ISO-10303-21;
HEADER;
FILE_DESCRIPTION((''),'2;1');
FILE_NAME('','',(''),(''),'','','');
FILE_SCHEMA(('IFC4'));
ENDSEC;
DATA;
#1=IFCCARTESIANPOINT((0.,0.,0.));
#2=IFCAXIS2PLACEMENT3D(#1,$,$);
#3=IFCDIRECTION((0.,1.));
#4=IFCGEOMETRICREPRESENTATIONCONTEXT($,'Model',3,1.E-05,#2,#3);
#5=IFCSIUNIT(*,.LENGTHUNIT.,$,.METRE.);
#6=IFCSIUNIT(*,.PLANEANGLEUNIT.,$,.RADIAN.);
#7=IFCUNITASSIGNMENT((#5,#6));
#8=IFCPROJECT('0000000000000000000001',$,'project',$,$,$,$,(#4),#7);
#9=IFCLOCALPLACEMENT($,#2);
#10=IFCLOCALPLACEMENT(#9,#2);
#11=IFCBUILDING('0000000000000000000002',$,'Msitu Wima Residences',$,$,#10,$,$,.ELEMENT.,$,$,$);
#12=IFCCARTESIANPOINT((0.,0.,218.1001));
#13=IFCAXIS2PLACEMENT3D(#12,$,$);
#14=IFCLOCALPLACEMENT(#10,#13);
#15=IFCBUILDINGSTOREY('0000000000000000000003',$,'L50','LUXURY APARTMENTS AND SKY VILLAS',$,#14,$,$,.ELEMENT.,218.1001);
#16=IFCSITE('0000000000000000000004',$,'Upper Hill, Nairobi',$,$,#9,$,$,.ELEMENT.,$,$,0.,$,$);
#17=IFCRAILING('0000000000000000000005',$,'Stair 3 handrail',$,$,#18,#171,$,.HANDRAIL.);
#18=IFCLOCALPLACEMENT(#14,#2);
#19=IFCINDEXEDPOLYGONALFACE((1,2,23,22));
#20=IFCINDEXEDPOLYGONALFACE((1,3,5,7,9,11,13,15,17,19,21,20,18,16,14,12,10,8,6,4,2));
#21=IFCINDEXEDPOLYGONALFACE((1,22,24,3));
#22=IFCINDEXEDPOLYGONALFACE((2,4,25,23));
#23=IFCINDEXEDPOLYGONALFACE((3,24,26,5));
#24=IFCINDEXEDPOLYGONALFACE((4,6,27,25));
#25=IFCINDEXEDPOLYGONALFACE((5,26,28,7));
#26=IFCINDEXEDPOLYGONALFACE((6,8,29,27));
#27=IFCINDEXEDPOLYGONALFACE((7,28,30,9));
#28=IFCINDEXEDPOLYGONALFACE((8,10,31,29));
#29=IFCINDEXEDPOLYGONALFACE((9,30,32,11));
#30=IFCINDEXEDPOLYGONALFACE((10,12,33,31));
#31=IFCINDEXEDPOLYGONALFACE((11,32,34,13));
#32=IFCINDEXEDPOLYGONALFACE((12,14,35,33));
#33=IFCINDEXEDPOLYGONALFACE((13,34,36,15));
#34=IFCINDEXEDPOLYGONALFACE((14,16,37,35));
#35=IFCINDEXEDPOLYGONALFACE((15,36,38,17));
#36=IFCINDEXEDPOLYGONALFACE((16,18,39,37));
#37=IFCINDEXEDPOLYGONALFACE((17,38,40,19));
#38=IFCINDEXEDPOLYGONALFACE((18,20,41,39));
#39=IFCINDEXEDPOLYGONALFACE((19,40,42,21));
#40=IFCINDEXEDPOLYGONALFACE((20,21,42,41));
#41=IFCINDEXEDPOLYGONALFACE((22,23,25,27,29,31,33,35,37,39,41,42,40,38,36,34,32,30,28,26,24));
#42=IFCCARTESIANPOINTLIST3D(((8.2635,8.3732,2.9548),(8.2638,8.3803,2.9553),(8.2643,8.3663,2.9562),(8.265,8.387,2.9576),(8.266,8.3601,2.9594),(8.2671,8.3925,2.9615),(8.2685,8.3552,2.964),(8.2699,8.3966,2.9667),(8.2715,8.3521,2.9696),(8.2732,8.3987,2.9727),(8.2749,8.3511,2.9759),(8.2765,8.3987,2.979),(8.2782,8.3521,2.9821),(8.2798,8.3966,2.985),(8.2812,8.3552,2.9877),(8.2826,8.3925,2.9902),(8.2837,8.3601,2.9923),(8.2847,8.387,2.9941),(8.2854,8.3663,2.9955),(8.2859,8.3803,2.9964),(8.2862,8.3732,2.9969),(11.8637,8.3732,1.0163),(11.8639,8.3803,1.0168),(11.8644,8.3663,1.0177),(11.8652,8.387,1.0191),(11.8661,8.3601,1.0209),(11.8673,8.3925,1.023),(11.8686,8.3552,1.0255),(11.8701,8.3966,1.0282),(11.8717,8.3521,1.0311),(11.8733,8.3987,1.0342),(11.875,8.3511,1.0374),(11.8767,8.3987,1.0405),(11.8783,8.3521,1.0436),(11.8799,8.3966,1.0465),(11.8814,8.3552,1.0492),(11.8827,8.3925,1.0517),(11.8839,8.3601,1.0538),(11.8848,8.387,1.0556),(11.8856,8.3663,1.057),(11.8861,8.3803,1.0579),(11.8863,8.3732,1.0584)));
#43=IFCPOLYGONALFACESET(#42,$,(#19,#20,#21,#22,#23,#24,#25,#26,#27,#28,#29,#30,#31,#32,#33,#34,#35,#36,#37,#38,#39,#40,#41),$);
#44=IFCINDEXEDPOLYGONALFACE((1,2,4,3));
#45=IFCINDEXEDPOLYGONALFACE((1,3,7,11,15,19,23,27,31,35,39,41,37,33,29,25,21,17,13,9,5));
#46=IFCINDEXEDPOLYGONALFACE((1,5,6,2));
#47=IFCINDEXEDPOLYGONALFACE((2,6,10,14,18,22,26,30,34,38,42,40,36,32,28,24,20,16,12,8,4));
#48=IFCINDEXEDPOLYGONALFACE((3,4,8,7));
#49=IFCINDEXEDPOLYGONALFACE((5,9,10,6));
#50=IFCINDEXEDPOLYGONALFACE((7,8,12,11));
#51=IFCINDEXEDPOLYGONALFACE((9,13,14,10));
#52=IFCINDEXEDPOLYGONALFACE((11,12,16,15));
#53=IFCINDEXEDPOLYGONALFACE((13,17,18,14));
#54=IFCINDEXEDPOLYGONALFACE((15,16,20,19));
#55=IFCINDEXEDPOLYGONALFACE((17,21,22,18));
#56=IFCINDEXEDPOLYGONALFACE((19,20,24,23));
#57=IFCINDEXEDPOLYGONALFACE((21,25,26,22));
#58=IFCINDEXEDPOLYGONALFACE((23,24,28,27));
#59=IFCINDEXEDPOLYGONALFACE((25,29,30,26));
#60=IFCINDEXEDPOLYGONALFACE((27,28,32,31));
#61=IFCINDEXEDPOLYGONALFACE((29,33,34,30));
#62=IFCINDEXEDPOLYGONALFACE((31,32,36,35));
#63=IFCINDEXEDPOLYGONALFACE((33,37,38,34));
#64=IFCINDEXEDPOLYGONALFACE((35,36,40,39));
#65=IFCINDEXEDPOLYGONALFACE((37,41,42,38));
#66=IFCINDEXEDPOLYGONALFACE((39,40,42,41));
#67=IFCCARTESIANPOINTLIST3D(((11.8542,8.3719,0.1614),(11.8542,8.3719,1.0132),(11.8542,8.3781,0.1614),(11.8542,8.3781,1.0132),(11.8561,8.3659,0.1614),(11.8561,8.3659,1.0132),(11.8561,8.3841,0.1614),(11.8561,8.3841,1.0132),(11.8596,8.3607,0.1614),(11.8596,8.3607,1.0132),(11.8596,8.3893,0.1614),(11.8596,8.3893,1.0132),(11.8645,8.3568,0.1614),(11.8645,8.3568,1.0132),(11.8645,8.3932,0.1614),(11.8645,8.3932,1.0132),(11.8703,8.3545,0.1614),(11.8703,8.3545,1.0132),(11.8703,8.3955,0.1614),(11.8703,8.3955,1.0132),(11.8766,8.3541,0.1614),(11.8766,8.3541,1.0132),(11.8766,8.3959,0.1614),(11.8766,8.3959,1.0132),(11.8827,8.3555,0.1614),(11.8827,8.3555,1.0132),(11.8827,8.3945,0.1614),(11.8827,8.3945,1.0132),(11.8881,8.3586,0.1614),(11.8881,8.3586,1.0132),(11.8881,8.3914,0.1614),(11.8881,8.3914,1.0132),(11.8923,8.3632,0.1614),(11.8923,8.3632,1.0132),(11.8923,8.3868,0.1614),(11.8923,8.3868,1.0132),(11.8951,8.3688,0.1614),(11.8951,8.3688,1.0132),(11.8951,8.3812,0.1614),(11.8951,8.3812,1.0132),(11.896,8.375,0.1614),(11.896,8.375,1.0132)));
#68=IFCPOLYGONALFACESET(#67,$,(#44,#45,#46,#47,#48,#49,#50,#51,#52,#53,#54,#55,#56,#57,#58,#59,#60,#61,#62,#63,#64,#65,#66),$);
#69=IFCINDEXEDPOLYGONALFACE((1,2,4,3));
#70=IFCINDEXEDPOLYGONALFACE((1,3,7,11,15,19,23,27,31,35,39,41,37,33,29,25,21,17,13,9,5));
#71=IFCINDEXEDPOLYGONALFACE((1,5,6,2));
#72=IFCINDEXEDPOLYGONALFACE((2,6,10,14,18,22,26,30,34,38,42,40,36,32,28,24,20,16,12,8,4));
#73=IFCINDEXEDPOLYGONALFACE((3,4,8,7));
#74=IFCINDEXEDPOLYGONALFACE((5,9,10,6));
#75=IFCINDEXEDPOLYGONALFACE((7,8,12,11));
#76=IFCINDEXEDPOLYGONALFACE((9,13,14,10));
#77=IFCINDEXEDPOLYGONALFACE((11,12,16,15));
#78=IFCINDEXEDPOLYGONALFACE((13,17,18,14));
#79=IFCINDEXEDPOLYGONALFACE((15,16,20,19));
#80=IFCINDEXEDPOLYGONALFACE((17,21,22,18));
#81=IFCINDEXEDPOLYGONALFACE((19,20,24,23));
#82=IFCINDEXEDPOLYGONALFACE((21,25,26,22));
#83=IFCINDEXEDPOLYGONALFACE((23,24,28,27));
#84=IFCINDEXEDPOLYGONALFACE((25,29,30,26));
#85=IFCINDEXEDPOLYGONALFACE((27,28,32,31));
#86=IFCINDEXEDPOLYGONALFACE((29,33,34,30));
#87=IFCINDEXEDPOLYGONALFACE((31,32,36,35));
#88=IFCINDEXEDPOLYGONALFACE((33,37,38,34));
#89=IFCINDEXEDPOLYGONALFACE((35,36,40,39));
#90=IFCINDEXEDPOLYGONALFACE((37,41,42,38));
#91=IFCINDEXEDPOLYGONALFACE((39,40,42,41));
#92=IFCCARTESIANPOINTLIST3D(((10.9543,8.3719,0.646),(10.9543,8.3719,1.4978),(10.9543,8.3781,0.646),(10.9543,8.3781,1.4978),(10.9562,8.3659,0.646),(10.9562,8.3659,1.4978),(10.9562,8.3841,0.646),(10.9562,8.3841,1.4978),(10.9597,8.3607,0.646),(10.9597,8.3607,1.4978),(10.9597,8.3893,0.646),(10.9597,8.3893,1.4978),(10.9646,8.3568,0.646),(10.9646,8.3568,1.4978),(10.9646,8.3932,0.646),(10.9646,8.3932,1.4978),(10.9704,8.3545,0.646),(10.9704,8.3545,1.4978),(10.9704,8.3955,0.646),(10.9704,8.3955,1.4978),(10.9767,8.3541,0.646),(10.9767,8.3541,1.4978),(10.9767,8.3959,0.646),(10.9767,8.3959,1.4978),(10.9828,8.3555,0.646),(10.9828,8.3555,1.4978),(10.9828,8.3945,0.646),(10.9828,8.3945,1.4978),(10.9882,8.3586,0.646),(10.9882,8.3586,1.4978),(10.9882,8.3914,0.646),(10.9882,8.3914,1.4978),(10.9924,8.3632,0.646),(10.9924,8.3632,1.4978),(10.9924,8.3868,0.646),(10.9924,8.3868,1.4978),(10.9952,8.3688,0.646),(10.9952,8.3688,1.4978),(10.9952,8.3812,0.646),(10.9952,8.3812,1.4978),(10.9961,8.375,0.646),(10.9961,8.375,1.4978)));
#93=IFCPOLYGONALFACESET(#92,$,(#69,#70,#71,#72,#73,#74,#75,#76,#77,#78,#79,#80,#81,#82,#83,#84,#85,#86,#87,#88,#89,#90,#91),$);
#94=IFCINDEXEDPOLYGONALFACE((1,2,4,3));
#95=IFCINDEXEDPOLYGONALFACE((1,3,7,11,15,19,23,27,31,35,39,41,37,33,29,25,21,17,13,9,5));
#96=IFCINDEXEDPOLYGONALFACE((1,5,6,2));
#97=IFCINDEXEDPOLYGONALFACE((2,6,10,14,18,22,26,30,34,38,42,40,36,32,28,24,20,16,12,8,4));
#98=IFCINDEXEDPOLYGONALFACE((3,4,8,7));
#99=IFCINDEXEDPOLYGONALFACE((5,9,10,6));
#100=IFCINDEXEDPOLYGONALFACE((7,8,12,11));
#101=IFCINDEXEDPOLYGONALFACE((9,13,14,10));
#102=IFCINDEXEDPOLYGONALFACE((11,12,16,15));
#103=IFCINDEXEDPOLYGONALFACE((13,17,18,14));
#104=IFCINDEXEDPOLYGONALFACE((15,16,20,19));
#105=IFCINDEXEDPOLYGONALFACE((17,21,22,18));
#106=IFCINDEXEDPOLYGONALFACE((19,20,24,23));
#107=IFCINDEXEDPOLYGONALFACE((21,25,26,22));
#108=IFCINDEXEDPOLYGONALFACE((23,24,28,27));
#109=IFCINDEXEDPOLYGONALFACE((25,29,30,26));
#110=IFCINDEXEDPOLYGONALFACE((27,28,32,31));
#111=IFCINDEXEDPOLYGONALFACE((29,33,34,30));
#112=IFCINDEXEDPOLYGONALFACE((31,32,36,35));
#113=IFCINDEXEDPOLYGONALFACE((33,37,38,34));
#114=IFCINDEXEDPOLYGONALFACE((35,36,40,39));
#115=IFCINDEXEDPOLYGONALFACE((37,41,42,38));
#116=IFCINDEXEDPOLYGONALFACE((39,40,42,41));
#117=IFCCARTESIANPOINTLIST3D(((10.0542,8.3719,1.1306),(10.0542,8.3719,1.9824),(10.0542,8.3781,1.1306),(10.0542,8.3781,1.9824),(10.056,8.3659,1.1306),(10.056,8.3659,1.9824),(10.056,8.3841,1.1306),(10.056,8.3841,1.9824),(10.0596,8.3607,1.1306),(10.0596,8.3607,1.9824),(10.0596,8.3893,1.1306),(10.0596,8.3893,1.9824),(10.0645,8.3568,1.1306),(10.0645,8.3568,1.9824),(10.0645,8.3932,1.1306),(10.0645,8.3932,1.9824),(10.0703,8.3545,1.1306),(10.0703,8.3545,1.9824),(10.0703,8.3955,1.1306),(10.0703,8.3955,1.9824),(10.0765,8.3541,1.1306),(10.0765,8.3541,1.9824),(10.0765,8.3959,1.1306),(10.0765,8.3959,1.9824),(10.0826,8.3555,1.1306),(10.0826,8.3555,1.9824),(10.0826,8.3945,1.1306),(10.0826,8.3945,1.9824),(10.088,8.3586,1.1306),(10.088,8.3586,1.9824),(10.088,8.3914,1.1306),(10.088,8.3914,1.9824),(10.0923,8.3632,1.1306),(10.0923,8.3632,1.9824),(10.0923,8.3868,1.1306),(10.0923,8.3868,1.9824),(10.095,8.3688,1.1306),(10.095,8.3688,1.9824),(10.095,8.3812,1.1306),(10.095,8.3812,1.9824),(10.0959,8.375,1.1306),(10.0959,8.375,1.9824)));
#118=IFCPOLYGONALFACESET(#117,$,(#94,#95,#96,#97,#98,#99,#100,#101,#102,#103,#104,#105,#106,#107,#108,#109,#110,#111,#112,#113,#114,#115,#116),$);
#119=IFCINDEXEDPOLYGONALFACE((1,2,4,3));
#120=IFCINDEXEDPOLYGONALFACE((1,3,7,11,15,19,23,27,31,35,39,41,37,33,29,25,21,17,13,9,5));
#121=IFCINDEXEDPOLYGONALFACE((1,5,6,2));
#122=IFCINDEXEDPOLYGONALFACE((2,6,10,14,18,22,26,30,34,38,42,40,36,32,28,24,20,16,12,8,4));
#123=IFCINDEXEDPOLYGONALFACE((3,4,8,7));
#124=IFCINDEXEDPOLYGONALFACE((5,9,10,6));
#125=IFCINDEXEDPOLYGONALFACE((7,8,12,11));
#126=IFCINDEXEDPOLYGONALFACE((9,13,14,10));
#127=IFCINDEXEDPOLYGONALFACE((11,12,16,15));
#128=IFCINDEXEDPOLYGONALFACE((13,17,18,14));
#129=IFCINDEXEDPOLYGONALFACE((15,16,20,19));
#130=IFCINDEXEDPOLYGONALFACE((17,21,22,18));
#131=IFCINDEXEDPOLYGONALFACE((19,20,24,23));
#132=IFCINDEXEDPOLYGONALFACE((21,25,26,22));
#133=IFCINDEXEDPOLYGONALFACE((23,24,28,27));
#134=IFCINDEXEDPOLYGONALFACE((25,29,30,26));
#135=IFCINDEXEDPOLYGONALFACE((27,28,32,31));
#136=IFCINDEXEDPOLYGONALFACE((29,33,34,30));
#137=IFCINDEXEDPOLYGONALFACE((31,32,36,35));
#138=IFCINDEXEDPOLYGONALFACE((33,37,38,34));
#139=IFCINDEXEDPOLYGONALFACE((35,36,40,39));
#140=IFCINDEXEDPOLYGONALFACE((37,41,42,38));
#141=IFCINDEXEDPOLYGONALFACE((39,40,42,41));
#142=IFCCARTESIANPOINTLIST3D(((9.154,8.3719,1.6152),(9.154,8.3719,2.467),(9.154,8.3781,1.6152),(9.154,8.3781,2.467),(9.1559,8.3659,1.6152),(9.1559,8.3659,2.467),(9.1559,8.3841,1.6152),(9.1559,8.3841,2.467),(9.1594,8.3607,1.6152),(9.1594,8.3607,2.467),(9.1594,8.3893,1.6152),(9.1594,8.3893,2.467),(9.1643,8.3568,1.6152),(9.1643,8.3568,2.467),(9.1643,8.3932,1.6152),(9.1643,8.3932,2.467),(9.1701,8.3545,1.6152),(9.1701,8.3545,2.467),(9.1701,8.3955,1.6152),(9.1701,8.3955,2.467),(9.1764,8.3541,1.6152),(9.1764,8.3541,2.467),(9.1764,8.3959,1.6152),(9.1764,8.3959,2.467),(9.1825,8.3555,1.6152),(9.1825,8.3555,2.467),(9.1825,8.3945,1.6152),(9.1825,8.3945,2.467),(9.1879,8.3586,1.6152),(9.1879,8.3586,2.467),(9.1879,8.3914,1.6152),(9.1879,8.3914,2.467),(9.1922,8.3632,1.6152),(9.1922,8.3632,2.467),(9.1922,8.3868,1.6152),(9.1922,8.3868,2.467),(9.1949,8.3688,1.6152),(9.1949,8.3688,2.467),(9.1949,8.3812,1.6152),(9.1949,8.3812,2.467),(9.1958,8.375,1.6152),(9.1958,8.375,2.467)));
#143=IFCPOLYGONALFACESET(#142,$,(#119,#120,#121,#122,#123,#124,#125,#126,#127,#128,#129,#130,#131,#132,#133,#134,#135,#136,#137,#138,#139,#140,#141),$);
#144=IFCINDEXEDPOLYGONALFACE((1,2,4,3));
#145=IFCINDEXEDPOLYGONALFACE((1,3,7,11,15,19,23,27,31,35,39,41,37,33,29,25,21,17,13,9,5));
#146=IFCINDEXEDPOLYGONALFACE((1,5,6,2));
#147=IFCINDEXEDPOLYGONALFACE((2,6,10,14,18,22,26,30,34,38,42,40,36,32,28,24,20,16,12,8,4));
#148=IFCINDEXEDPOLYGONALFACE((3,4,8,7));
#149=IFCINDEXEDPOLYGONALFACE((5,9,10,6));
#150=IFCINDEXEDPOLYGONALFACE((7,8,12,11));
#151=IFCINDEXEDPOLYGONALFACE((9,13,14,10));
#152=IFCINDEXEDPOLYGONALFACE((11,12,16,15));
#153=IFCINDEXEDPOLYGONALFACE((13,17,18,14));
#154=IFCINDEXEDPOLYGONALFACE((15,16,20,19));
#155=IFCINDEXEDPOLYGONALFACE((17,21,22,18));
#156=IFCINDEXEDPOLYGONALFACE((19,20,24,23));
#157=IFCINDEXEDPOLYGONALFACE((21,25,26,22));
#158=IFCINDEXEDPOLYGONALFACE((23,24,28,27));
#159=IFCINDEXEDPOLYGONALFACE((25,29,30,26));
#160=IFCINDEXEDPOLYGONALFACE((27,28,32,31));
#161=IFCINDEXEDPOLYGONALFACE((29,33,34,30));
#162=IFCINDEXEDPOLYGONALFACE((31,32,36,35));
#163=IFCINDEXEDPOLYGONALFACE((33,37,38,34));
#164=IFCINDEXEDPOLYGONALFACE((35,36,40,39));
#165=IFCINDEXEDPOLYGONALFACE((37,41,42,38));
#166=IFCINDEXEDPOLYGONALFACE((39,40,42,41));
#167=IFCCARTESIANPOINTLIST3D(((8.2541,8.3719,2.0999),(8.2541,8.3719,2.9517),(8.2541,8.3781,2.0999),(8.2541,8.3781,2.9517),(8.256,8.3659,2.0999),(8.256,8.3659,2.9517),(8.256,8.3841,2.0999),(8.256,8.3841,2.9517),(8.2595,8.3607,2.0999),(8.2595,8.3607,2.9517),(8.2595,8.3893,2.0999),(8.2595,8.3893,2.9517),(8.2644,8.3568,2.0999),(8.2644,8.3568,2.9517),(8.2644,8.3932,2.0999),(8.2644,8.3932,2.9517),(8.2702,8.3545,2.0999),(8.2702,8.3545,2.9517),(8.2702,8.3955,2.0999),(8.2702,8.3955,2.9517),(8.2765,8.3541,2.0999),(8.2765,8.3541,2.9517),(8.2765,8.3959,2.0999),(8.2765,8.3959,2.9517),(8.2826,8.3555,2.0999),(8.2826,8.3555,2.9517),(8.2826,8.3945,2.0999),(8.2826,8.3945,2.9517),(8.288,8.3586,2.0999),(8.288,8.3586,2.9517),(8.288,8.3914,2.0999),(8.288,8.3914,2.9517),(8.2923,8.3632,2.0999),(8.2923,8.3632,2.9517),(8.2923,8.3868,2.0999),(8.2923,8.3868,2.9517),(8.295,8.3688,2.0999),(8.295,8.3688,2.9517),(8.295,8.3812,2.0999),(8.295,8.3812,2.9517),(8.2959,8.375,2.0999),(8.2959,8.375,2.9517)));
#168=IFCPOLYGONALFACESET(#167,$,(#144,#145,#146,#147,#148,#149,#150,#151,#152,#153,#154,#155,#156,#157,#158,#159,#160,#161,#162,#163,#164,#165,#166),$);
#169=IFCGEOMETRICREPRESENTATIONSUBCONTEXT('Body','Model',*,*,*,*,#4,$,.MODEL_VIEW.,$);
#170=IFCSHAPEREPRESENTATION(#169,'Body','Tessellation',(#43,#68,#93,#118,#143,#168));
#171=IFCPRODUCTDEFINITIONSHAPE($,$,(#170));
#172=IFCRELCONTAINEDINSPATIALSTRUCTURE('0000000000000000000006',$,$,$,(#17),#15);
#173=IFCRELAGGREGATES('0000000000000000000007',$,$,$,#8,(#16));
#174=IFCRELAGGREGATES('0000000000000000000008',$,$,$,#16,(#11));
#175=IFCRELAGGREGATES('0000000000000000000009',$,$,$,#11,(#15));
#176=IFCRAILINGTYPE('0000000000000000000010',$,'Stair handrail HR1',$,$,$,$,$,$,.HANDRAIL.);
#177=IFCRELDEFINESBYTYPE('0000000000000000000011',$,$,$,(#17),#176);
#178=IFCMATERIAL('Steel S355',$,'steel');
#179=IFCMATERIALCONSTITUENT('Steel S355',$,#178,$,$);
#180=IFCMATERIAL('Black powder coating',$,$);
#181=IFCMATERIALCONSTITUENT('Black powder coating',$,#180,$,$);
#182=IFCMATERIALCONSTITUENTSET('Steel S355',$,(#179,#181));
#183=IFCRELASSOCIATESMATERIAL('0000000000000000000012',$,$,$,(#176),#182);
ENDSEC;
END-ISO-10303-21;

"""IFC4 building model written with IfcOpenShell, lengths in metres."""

from ifc_helpers import new_model, si_unit, direction, frame, origin, origin_2d, place, context, subcontext, project, spatial, circle, extrude, material, constituent, constituent_set, type_object, element, save


model = new_model("IFC4")

# Units and contexts
model_context = context("Model", 3, precision=1e-05, world=origin(), true_north=direction((0.0, 1.0)))
body_context = subcontext(model_context, "Body", "Model", "MODEL_VIEW")
ifc_project = project(units=[si_unit("LENGTHUNIT", "METRE"), si_unit("PLANEANGLEUNIT", "RADIAN")], contexts=[model_context])

# Site, building, storey
site_placement = place(None, origin())
site = spatial("IfcSite", under=ifc_project, at=site_placement, Name="Upper Hill, Nairobi", CompositionType="ELEMENT", RefElevation=0.0)
building_placement = place(site_placement, origin())
building = spatial("IfcBuilding", under=site, at=building_placement, Name="Msitu Wima Residences", CompositionType="ELEMENT")
storey_placement = place(building_placement, frame((0.0, 0.0, 218.1001)))
storey = spatial("IfcBuildingStorey", under=building, at=storey_placement, Name="L50", Description="LUXURY APARTMENTS AND SKY VILLAS", CompositionType="ELEMENT", Elevation=218.1001)

# Railing
ifc_material_1 = material(Name="Steel S355", Category="steel")
ifc_constituent_1 = constituent(ifc_material_1, Name="Steel S355")
ifc_material_2 = material(Name="Black powder coating")
ifc_constituent_2 = constituent(ifc_material_2, Name="Black powder coating")
ifc_constituent_set_1 = constituent_set(constituents=[ifc_constituent_1, ifc_constituent_2], Name="Steel S355")
railing_type_1 = type_object("IfcRailingType", Name="Stair handrail HR1", PredefinedType="HANDRAIL", material=ifc_constituent_set_1)
for number, where, name in (
    (1, (11.875, 8.375, 0.1614), "Stair 3 handrail"),
):
    element("IfcRailing", number, at=place(storey_placement, frame(where)), inside=storey, type_object=railing_type_1, Name=name, PredefinedType="HANDRAIL", context=body_context, shape_type="SweptSolid", body=[
        extrude(circle(Radius=0.0239, at=origin_2d()), frame((0.0, 0.0, 0.876), z_axis=(-0.880475, 0.0, 0.474093), x_axis=(0.0, -1.0, 0.0)), (0.0, 0.0, 1.0), 4.0889),
        extrude(circle(Radius=0.021, at=origin_2d()), origin(), (0.0, 0.0, 1.0), 0.8518),
        extrude(circle(Radius=0.021, at=origin_2d()), frame((-0.8999, 0.0, 0.4846)), (0.0, 0.0, 1.0), 0.8518),
        extrude(circle(Radius=0.021, at=origin_2d()), frame((-1.8, 0.0, 0.9692)), (0.0, 0.0, 1.0), 0.8518),
        extrude(circle(Radius=0.021, at=origin_2d()), frame((-2.7002, 0.0, 1.4539)), (0.0, 0.0, 1.0), 0.8518),
        extrude(circle(Radius=0.021, at=origin_2d()), frame((-3.6001, 0.0, 1.9385)), (0.0, 0.0, 1.0), 0.8518),
    ])

save(model, "model.ifc")
